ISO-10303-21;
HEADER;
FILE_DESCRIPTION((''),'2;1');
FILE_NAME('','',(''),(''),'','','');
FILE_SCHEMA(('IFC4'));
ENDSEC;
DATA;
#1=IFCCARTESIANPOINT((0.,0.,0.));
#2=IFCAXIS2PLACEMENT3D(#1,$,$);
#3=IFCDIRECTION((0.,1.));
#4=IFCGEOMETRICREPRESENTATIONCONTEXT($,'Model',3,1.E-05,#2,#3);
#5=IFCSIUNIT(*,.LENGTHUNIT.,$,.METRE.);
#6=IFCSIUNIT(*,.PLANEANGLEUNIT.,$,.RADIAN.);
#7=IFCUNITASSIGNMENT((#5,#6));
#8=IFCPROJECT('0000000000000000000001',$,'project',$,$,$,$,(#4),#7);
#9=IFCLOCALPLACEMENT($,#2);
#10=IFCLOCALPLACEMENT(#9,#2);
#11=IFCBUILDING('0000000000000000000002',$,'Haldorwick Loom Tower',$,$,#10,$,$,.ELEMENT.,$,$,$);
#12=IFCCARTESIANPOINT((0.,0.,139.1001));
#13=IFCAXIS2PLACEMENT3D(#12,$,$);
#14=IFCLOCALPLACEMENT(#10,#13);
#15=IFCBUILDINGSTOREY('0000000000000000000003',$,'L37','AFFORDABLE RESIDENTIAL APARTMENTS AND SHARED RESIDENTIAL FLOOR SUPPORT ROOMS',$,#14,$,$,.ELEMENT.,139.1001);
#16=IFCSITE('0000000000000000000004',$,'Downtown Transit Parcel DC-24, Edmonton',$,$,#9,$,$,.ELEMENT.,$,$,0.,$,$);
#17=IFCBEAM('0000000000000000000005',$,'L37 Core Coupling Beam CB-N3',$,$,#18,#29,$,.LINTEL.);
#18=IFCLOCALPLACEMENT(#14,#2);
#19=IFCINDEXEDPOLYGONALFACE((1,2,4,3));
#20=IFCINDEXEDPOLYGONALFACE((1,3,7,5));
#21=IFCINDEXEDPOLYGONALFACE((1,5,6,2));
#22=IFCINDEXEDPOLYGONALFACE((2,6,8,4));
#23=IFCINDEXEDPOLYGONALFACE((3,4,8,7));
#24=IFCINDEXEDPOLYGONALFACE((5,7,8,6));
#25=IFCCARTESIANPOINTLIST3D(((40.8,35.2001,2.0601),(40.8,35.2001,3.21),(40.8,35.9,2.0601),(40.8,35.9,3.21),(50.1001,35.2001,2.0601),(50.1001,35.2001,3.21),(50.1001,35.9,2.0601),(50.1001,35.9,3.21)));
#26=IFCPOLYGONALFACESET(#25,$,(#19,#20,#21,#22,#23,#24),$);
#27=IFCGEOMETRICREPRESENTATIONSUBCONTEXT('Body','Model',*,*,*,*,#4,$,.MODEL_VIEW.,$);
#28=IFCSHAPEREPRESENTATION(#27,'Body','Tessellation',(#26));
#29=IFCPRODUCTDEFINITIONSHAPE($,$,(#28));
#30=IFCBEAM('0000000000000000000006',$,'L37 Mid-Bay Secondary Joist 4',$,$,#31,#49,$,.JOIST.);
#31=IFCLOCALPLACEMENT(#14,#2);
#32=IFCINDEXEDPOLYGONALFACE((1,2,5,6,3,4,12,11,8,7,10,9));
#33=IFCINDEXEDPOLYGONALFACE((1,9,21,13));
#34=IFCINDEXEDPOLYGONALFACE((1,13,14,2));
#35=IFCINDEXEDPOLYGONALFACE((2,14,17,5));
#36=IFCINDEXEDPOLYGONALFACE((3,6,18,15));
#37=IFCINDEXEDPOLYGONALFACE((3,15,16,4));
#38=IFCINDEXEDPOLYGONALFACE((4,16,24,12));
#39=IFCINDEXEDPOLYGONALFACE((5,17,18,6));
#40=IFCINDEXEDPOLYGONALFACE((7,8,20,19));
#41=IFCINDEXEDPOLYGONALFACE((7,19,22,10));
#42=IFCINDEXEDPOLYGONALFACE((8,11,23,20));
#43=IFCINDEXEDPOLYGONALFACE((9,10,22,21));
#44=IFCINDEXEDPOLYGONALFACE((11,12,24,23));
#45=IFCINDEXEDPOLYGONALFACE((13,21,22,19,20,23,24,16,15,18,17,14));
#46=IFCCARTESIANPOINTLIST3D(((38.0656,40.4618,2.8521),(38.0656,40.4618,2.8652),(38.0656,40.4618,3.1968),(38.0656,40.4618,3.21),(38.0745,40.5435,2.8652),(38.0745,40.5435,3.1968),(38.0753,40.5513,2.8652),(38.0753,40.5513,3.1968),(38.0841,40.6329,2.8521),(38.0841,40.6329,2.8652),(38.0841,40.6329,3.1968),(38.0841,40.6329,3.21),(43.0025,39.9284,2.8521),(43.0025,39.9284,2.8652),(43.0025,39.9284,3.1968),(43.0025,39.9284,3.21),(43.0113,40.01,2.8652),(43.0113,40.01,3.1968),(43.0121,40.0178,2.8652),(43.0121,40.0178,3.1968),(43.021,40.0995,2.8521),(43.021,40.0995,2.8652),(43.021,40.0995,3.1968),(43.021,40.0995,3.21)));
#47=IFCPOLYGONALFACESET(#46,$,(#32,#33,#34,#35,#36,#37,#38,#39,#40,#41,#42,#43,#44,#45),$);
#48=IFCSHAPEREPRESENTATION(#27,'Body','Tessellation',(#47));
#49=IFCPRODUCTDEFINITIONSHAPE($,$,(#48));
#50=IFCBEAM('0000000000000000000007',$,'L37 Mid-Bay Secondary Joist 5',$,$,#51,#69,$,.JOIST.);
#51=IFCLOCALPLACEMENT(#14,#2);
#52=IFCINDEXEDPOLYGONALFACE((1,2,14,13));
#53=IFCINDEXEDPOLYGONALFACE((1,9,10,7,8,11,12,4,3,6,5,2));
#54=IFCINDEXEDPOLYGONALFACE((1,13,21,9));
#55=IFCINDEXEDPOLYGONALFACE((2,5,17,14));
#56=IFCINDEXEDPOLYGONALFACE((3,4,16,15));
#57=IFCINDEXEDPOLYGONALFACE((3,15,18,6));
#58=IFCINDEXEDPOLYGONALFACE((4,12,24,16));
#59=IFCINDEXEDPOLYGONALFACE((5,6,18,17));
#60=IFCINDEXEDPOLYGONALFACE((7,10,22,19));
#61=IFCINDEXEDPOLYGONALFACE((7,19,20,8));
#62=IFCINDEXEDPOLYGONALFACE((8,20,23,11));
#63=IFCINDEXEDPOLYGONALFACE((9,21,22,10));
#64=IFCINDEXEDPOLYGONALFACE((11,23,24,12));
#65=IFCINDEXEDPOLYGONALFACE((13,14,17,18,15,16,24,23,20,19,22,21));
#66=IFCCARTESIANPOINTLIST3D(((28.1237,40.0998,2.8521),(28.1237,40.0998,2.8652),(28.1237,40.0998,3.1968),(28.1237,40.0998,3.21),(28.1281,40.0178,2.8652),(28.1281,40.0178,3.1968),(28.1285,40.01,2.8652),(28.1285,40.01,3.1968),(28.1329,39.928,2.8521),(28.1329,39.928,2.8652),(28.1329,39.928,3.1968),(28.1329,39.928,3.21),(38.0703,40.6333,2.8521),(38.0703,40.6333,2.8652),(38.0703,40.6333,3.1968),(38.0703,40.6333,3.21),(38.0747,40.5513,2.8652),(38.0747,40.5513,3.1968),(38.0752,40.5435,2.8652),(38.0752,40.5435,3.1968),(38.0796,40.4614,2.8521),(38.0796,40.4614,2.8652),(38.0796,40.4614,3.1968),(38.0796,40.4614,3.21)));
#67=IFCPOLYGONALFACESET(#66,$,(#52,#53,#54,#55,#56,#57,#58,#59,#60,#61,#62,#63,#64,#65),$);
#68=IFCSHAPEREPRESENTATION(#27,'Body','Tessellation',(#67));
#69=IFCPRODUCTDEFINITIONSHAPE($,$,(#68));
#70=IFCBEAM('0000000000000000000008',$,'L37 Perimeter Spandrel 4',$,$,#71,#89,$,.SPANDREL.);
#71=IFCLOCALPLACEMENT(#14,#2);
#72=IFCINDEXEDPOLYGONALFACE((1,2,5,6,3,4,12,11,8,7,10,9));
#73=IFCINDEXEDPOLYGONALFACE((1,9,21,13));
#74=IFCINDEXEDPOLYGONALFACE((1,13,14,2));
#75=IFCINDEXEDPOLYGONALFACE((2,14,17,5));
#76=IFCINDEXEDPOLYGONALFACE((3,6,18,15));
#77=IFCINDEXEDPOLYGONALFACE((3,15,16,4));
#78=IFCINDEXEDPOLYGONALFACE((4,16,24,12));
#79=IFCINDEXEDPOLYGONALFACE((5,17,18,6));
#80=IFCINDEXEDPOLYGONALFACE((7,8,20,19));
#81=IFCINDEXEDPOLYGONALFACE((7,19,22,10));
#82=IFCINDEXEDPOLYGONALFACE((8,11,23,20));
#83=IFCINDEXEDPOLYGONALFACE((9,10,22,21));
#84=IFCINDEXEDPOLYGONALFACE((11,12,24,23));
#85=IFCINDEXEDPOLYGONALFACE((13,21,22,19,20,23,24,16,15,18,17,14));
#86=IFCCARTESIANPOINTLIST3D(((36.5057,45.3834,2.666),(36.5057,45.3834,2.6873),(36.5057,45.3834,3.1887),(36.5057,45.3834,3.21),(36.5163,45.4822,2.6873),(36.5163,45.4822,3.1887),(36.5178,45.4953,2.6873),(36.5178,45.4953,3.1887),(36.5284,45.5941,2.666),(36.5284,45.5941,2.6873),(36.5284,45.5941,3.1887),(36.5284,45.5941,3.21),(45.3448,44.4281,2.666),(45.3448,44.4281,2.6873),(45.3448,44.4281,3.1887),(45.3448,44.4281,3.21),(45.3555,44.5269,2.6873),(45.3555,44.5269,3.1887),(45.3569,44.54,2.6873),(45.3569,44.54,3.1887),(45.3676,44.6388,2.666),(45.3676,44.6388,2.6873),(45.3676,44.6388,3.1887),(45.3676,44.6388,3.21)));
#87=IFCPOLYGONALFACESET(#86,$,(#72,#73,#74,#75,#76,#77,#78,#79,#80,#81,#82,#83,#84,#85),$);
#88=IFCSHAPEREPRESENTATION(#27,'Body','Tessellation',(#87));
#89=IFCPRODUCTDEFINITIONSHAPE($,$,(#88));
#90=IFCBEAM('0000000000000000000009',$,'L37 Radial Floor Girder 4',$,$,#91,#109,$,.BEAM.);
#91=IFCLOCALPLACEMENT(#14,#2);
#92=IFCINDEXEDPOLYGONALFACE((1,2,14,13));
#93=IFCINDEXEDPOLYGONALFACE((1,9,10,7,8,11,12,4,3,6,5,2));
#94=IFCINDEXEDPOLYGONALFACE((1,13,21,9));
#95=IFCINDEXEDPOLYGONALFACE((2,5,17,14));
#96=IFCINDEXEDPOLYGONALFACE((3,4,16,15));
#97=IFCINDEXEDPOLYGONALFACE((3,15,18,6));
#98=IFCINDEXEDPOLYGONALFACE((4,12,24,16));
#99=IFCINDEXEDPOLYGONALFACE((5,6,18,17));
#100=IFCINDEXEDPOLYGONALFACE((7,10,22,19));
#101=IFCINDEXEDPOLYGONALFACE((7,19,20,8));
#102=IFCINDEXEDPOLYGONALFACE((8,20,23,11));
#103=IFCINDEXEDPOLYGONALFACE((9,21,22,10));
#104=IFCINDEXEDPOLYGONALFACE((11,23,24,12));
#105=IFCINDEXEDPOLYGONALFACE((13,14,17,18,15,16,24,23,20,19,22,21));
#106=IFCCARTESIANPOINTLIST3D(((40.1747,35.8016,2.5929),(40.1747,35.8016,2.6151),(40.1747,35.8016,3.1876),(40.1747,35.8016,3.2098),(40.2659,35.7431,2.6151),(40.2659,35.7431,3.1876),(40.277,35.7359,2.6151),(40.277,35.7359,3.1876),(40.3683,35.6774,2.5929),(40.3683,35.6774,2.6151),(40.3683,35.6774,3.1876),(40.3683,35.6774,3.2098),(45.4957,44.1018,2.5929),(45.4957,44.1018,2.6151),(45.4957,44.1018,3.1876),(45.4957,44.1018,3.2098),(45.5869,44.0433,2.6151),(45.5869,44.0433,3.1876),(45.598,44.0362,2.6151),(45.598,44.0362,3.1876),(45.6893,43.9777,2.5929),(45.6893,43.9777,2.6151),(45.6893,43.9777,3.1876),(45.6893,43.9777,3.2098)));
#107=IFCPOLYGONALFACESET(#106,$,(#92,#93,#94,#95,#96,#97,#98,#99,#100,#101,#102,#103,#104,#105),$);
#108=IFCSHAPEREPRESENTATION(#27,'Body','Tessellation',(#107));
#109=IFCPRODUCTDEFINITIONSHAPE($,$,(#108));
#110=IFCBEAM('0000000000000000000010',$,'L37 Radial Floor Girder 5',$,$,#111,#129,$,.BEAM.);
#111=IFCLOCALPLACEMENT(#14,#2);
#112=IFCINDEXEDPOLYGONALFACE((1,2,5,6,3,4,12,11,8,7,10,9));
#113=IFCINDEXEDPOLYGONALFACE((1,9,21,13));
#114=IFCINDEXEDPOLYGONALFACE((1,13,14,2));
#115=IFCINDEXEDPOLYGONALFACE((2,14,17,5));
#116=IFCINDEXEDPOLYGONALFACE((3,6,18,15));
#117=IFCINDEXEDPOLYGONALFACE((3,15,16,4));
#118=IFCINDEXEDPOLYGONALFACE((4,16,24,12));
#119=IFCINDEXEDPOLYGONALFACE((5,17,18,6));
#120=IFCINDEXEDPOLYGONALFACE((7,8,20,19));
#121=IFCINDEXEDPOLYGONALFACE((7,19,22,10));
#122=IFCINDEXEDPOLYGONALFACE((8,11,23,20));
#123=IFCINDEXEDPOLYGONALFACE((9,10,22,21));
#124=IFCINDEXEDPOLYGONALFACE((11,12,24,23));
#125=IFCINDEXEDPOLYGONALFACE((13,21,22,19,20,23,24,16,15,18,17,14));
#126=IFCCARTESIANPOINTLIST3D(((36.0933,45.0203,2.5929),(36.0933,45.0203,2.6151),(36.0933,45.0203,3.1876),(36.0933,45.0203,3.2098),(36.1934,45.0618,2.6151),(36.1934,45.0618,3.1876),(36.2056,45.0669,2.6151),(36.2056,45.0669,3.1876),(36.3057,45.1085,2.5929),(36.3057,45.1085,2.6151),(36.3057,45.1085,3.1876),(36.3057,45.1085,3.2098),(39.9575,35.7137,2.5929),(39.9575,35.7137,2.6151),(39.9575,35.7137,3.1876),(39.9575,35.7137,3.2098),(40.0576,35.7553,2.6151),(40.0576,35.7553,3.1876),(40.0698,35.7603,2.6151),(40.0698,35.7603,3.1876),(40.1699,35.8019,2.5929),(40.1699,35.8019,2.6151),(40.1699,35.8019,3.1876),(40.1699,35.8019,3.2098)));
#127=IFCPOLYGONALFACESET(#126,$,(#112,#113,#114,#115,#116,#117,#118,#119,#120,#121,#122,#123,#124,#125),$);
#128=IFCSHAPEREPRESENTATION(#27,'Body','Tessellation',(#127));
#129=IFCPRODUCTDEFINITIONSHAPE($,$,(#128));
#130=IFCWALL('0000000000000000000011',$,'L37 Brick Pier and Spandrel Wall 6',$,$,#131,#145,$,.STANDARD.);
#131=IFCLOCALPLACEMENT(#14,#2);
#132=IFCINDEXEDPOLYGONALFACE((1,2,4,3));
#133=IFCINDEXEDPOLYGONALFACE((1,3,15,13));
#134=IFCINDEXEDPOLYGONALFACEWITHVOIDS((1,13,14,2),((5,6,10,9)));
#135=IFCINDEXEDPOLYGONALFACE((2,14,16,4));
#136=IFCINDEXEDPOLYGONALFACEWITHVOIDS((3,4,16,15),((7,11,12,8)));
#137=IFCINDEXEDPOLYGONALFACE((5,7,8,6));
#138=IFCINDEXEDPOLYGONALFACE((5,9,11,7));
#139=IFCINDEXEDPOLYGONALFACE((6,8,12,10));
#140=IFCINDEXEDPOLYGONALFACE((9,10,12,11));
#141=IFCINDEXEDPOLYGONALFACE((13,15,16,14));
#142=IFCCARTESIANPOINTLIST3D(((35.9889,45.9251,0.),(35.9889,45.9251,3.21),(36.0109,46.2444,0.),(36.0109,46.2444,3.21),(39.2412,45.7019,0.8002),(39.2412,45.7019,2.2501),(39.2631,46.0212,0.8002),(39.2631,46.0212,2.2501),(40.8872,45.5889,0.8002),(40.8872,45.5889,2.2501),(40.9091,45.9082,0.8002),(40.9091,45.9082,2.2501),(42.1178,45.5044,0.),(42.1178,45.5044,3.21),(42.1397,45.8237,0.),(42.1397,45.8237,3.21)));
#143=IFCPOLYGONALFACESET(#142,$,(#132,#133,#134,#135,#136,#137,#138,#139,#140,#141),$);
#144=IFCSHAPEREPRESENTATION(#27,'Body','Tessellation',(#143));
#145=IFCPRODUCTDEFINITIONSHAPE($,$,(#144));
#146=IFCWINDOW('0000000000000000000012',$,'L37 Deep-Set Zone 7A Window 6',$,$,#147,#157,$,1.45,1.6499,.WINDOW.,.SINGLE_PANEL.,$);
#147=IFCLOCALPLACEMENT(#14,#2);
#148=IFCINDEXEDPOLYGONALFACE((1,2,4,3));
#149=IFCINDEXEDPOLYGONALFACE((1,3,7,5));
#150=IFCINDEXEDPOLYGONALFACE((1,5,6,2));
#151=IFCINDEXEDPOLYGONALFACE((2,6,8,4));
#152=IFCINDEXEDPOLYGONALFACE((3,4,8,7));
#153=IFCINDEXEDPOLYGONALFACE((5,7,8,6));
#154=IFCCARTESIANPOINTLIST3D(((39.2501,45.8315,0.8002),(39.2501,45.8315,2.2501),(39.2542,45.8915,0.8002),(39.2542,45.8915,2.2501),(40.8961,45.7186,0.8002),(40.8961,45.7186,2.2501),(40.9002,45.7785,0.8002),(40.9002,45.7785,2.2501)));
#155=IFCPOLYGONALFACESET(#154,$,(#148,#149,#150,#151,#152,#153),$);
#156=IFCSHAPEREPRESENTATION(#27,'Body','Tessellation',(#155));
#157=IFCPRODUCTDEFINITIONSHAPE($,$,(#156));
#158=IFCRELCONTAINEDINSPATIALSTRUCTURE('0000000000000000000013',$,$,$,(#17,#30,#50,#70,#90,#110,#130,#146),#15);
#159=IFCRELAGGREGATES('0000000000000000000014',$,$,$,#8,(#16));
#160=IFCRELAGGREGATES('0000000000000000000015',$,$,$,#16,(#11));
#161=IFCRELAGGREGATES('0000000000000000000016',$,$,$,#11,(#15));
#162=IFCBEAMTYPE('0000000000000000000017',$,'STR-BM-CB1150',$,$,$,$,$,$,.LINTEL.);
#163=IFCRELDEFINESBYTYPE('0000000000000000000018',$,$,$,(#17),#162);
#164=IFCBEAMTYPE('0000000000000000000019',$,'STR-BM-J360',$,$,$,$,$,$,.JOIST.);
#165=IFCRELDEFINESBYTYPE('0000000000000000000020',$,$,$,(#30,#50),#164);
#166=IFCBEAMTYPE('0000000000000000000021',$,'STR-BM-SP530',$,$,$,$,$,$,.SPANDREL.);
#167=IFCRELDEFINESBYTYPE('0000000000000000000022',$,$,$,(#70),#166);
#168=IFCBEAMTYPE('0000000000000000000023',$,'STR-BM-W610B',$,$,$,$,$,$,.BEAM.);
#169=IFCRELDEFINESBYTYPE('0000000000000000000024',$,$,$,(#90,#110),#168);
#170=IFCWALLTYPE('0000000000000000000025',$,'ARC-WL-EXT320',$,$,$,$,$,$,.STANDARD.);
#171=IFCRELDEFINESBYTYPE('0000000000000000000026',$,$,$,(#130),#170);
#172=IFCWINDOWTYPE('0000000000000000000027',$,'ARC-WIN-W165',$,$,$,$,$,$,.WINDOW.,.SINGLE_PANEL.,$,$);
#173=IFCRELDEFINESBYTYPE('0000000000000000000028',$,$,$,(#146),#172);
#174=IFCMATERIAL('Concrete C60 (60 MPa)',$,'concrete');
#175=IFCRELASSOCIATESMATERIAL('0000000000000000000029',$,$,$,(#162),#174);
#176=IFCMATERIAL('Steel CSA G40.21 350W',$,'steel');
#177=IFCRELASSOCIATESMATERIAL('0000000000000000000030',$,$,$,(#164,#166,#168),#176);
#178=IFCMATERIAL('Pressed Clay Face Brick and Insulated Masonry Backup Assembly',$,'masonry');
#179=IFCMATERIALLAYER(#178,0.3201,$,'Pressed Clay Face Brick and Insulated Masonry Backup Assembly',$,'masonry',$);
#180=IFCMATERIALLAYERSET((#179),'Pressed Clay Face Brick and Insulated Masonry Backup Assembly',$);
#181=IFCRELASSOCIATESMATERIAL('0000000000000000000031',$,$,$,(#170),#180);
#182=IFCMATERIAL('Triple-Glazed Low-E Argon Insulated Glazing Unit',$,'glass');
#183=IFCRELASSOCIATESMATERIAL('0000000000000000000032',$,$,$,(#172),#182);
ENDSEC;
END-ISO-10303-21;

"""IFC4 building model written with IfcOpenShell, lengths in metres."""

from ifc_helpers import new_model, si_unit, direction, frame, frame_2d, origin, origin_2d, place, context, subcontext, project, spatial, rectangle, i_section, extrude, material, layer, layer_set, material_profile, profile_set, type_object, element, fill, save


model = new_model("IFC4")

# Units and contexts
model_context = context("Model", 3, precision=1e-05, world=origin(), true_north=direction((0.0, 1.0)))
body_context = subcontext(model_context, "Body", "Model", "MODEL_VIEW")
ifc_project = project(units=[si_unit("LENGTHUNIT", "METRE"), si_unit("PLANEANGLEUNIT", "RADIAN")], contexts=[model_context])

# Site, building, storey
site_placement = place(None, origin())
site = spatial("IfcSite", under=ifc_project, at=site_placement, Name="Downtown Transit Parcel DC-24, Edmonton", CompositionType="ELEMENT", RefElevation=0.0)
building_placement = place(site_placement, origin())
building = spatial("IfcBuilding", under=site, at=building_placement, Name="Haldorwick Loom Tower", CompositionType="ELEMENT")
storey_placement = place(building_placement, frame((0.0, 0.0, 139.1001)))
storey = spatial("IfcBuildingStorey", under=building, at=storey_placement, Name="L37", Description="AFFORDABLE RESIDENTIAL APARTMENTS AND SHARED RESIDENTIAL FLOOR SUPPORT ROOMS", CompositionType="ELEMENT", Elevation=139.1001)

# Shared definitions
ifc_material_1 = material(Name="Concrete C60 (60 MPa)", Category="concrete")

# Beams
ifc_material_profile_1 = material_profile(ifc_material_1, rectangle(XDim=0.7, YDim=1.1499, at=origin_2d()), Name="RC700X1150", Category="concrete")
ifc_profile_set_1 = profile_set([ifc_material_profile_1], Name="Concrete C60 (60 MPa)")
beam_type_1 = type_object("IfcBeamType", Name="STR-BM-CB1150", PredefinedType="LINTEL", material=ifc_profile_set_1)
beam_1_placement = place(storey_placement, frame((40.8, 35.55, 2.635), z_axis=(1.0, 0.0, 0.0), x_axis=(0.0, 1.0, 0.0)))
element("IfcBeam", 1, at=beam_1_placement, inside=storey, type_object=beam_type_1, Name="L37 Core Coupling Beam CB-N3", PredefinedType="LINTEL", context=body_context, shape_type="SweptSolid", body=[
    extrude(rectangle(XDim=0.7, YDim=1.1499, at=origin_2d()), origin(), (0.0, 0.0, 1.0), 9.3),
])
ifc_material_2 = material(Name="Steel CSA G40.21 350W", Category="steel")
ifc_material_profile_2 = material_profile(ifc_material_2, i_section(OverallWidth=0.1721, OverallDepth=0.3579, WebThickness=0.0078, FlangeThickness=0.0132, at=origin_2d()), Name="W360X57", Category="steel")
ifc_profile_set_2 = profile_set([ifc_material_profile_2], Name="Steel CSA G40.21 350W")
beam_type_2 = type_object("IfcBeamType", Name="STR-BM-J360", PredefinedType="JOIST", material=ifc_profile_set_2)
beam_2_placement = place(storey_placement, frame((43.0117, 40.0139, 3.031), z_axis=(-0.994213, 0.107431, 0.0), x_axis=(-0.107431, -0.994213, 0.0)))
element("IfcBeam", 2, at=beam_2_placement, inside=storey, type_object=beam_type_2, Name="L37 Mid-Bay Secondary Joist 4", PredefinedType="JOIST", context=body_context, shape_type="SweptSolid", body=[
    extrude(i_section(OverallWidth=0.1721, OverallDepth=0.3579, WebThickness=0.0078, FlangeThickness=0.0132, at=origin_2d()), origin(), (0.0, 0.0, 1.0), 4.9656),
])
beam_3_placement = place(storey_placement, frame((38.075, 40.5474, 3.031), z_axis=(-0.998565, -0.053555, 0.0), x_axis=(0.053555, -0.998565, 0.0)))
element("IfcBeam", 3, at=beam_3_placement, inside=storey, type_object=beam_type_2, Name="L37 Mid-Bay Secondary Joist 5", PredefinedType="JOIST", context=body_context, shape_type="SweptSolid", body=[
    extrude(i_section(OverallWidth=0.1721, OverallDepth=0.3579, WebThickness=0.0078, FlangeThickness=0.0132, at=origin_2d()), origin(), (0.0, 0.0, 1.0), 9.9609),
])
ifc_material_profile_3 = material_profile(ifc_material_2, i_section(OverallWidth=0.2119, OverallDepth=0.5439, WebThickness=0.0132, FlangeThickness=0.0212, at=origin_2d()), Name="W530X123", Category="steel")
ifc_profile_set_3 = profile_set([ifc_material_profile_3], Name="Steel CSA G40.21 350W")
beam_type_3 = type_object("IfcBeamType", Name="STR-BM-SP530", PredefinedType="SPANDREL", material=ifc_profile_set_3)
beam_4_placement = place(storey_placement, frame((45.3562, 44.5334, 2.938), z_axis=(-0.99421, 0.107453, 0.0), x_axis=(-0.107453, -0.99421, 0.0)))
element("IfcBeam", 4, at=beam_4_placement, inside=storey, type_object=beam_type_3, Name="L37 Perimeter Spandrel 4", PredefinedType="SPANDREL", context=body_context, shape_type="SweptSolid", body=[
    extrude(i_section(OverallWidth=0.2119, OverallDepth=0.5439, WebThickness=0.0132, FlangeThickness=0.0212, at=origin_2d()), origin(), (0.0, 0.0, 1.0), 8.8906),
])
ifc_material_profile_4 = material_profile(ifc_material_2, i_section(OverallWidth=0.23, OverallDepth=0.6169, WebThickness=0.0132, FlangeThickness=0.0222, at=origin_2d()), Name="W610X140", Category="steel")
ifc_profile_set_4 = profile_set([ifc_material_profile_4], Name="Steel CSA G40.21 350W")
beam_type_4 = type_object("IfcBeamType", Name="STR-BM-W610B", PredefinedType="BEAM", material=ifc_profile_set_4)
beam_5_placement = place(storey_placement, frame((40.2715, 35.7395, 2.9014), z_axis=(0.539691, 0.841863, 0.0), x_axis=(-0.841863, 0.539691, 0.0)))
element("IfcBeam", 5, at=beam_5_placement, inside=storey, type_object=beam_type_4, Name="L37 Radial Floor Girder 4", PredefinedType="BEAM", context=body_context, shape_type="SweptSolid", body=[
    extrude(i_section(OverallWidth=0.23, OverallDepth=0.6169, WebThickness=0.0132, FlangeThickness=0.0222, at=origin_2d()), origin(), (0.0, 0.0, 1.0), 9.8594),
])
beam_6_placement = place(storey_placement, frame((40.0637, 35.7578, 2.9014), z_axis=(-0.383473, 0.923552, 0.0), x_axis=(-0.923552, -0.383473, 0.0)))
element("IfcBeam", 6, at=beam_6_placement, inside=storey, type_object=beam_type_4, Name="L37 Radial Floor Girder 5", PredefinedType="BEAM", context=body_context, shape_type="SweptSolid", body=[
    extrude(i_section(OverallWidth=0.23, OverallDepth=0.6169, WebThickness=0.0132, FlangeThickness=0.0222, at=origin_2d()), origin(), (0.0, 0.0, 1.0), 10.0769),
])

# Wall, opening, window
ifc_material_3 = material(Name="Pressed Clay Face Brick and Insulated Masonry Backup Assembly", Category="masonry")
ifc_layer_1 = layer(ifc_material_3, 0.3201, Name="Pressed Clay Face Brick and Insulated Masonry Backup Assembly", Category="masonry")
ifc_layer_set_1 = layer_set([ifc_layer_1], Name="Pressed Clay Face Brick and Insulated Masonry Backup Assembly")
wall_type_1 = type_object("IfcWallType", Name="ARC-WL-EXT320", PredefinedType="STANDARD", material=ifc_layer_set_1)
wall_1_placement = place(storey_placement, frame((42.1289, 45.6641, 0.0), z_axis=(0.0, 0.0, 1.0), x_axis=(-0.997653, 0.068473, 0.0)))
wall_1 = element("IfcWall", 7, at=wall_1_placement, inside=storey, type_object=wall_type_1, Name="L37 Brick Pier and Spandrel Wall 6", PredefinedType="STANDARD", context=body_context, shape_type="SweptSolid", body=[
    extrude(rectangle(XDim=6.1433, YDim=0.3201, at=frame_2d((3.0718, 0.0))), origin(), (0.0, 0.0, 1.0), 3.21),
])
opening_1_placement = place(wall_1_placement, frame((1.2336, 0.0, 0.8)))
opening_1 = element("IfcOpeningElement", 8, at=opening_1_placement, cuts=wall_1, PredefinedType="OPENING", context=body_context, shape_type="SweptSolid", body=[
    extrude(rectangle(XDim=1.6499, YDim=1.45, at=frame_2d((0.825, 0.7251))), frame((0.0, 0.1699, 0.0), z_axis=(0.0, -1.0, 0.0), x_axis=(1.0, 0.0, 0.0)), (0.0, 0.0, 1.0), 0.3401),
])
ifc_material_4 = material(Name="Triple-Glazed Low-E Argon Insulated Glazing Unit", Category="glass")
window_type = type_object("IfcWindowType", Name="ARC-WIN-W165", PartitioningType="SINGLE_PANEL", PredefinedType="WINDOW", material=ifc_material_4)
window_1_placement = place(opening_1_placement, origin())
window_1 = element("IfcWindow", 9, at=window_1_placement, inside=storey, type_object=window_type, Name="L37 Deep-Set Zone 7A Window 6", OverallHeight=1.45, OverallWidth=1.6499, PartitioningType="SINGLE_PANEL", PredefinedType="WINDOW", context=body_context, shape_type="SweptSolid", body=[
    extrude(rectangle(XDim=1.6499, YDim=1.45, at=frame_2d((0.825, 0.7251))), frame((0.0, 0.03, 0.0), z_axis=(0.0, -1.0, 0.0), x_axis=(1.0, 0.0, 0.0)), (0.0, 0.0, 1.0), 0.0601),
])
fill(opening_1, window_1)

save(model, "model.ifc")
